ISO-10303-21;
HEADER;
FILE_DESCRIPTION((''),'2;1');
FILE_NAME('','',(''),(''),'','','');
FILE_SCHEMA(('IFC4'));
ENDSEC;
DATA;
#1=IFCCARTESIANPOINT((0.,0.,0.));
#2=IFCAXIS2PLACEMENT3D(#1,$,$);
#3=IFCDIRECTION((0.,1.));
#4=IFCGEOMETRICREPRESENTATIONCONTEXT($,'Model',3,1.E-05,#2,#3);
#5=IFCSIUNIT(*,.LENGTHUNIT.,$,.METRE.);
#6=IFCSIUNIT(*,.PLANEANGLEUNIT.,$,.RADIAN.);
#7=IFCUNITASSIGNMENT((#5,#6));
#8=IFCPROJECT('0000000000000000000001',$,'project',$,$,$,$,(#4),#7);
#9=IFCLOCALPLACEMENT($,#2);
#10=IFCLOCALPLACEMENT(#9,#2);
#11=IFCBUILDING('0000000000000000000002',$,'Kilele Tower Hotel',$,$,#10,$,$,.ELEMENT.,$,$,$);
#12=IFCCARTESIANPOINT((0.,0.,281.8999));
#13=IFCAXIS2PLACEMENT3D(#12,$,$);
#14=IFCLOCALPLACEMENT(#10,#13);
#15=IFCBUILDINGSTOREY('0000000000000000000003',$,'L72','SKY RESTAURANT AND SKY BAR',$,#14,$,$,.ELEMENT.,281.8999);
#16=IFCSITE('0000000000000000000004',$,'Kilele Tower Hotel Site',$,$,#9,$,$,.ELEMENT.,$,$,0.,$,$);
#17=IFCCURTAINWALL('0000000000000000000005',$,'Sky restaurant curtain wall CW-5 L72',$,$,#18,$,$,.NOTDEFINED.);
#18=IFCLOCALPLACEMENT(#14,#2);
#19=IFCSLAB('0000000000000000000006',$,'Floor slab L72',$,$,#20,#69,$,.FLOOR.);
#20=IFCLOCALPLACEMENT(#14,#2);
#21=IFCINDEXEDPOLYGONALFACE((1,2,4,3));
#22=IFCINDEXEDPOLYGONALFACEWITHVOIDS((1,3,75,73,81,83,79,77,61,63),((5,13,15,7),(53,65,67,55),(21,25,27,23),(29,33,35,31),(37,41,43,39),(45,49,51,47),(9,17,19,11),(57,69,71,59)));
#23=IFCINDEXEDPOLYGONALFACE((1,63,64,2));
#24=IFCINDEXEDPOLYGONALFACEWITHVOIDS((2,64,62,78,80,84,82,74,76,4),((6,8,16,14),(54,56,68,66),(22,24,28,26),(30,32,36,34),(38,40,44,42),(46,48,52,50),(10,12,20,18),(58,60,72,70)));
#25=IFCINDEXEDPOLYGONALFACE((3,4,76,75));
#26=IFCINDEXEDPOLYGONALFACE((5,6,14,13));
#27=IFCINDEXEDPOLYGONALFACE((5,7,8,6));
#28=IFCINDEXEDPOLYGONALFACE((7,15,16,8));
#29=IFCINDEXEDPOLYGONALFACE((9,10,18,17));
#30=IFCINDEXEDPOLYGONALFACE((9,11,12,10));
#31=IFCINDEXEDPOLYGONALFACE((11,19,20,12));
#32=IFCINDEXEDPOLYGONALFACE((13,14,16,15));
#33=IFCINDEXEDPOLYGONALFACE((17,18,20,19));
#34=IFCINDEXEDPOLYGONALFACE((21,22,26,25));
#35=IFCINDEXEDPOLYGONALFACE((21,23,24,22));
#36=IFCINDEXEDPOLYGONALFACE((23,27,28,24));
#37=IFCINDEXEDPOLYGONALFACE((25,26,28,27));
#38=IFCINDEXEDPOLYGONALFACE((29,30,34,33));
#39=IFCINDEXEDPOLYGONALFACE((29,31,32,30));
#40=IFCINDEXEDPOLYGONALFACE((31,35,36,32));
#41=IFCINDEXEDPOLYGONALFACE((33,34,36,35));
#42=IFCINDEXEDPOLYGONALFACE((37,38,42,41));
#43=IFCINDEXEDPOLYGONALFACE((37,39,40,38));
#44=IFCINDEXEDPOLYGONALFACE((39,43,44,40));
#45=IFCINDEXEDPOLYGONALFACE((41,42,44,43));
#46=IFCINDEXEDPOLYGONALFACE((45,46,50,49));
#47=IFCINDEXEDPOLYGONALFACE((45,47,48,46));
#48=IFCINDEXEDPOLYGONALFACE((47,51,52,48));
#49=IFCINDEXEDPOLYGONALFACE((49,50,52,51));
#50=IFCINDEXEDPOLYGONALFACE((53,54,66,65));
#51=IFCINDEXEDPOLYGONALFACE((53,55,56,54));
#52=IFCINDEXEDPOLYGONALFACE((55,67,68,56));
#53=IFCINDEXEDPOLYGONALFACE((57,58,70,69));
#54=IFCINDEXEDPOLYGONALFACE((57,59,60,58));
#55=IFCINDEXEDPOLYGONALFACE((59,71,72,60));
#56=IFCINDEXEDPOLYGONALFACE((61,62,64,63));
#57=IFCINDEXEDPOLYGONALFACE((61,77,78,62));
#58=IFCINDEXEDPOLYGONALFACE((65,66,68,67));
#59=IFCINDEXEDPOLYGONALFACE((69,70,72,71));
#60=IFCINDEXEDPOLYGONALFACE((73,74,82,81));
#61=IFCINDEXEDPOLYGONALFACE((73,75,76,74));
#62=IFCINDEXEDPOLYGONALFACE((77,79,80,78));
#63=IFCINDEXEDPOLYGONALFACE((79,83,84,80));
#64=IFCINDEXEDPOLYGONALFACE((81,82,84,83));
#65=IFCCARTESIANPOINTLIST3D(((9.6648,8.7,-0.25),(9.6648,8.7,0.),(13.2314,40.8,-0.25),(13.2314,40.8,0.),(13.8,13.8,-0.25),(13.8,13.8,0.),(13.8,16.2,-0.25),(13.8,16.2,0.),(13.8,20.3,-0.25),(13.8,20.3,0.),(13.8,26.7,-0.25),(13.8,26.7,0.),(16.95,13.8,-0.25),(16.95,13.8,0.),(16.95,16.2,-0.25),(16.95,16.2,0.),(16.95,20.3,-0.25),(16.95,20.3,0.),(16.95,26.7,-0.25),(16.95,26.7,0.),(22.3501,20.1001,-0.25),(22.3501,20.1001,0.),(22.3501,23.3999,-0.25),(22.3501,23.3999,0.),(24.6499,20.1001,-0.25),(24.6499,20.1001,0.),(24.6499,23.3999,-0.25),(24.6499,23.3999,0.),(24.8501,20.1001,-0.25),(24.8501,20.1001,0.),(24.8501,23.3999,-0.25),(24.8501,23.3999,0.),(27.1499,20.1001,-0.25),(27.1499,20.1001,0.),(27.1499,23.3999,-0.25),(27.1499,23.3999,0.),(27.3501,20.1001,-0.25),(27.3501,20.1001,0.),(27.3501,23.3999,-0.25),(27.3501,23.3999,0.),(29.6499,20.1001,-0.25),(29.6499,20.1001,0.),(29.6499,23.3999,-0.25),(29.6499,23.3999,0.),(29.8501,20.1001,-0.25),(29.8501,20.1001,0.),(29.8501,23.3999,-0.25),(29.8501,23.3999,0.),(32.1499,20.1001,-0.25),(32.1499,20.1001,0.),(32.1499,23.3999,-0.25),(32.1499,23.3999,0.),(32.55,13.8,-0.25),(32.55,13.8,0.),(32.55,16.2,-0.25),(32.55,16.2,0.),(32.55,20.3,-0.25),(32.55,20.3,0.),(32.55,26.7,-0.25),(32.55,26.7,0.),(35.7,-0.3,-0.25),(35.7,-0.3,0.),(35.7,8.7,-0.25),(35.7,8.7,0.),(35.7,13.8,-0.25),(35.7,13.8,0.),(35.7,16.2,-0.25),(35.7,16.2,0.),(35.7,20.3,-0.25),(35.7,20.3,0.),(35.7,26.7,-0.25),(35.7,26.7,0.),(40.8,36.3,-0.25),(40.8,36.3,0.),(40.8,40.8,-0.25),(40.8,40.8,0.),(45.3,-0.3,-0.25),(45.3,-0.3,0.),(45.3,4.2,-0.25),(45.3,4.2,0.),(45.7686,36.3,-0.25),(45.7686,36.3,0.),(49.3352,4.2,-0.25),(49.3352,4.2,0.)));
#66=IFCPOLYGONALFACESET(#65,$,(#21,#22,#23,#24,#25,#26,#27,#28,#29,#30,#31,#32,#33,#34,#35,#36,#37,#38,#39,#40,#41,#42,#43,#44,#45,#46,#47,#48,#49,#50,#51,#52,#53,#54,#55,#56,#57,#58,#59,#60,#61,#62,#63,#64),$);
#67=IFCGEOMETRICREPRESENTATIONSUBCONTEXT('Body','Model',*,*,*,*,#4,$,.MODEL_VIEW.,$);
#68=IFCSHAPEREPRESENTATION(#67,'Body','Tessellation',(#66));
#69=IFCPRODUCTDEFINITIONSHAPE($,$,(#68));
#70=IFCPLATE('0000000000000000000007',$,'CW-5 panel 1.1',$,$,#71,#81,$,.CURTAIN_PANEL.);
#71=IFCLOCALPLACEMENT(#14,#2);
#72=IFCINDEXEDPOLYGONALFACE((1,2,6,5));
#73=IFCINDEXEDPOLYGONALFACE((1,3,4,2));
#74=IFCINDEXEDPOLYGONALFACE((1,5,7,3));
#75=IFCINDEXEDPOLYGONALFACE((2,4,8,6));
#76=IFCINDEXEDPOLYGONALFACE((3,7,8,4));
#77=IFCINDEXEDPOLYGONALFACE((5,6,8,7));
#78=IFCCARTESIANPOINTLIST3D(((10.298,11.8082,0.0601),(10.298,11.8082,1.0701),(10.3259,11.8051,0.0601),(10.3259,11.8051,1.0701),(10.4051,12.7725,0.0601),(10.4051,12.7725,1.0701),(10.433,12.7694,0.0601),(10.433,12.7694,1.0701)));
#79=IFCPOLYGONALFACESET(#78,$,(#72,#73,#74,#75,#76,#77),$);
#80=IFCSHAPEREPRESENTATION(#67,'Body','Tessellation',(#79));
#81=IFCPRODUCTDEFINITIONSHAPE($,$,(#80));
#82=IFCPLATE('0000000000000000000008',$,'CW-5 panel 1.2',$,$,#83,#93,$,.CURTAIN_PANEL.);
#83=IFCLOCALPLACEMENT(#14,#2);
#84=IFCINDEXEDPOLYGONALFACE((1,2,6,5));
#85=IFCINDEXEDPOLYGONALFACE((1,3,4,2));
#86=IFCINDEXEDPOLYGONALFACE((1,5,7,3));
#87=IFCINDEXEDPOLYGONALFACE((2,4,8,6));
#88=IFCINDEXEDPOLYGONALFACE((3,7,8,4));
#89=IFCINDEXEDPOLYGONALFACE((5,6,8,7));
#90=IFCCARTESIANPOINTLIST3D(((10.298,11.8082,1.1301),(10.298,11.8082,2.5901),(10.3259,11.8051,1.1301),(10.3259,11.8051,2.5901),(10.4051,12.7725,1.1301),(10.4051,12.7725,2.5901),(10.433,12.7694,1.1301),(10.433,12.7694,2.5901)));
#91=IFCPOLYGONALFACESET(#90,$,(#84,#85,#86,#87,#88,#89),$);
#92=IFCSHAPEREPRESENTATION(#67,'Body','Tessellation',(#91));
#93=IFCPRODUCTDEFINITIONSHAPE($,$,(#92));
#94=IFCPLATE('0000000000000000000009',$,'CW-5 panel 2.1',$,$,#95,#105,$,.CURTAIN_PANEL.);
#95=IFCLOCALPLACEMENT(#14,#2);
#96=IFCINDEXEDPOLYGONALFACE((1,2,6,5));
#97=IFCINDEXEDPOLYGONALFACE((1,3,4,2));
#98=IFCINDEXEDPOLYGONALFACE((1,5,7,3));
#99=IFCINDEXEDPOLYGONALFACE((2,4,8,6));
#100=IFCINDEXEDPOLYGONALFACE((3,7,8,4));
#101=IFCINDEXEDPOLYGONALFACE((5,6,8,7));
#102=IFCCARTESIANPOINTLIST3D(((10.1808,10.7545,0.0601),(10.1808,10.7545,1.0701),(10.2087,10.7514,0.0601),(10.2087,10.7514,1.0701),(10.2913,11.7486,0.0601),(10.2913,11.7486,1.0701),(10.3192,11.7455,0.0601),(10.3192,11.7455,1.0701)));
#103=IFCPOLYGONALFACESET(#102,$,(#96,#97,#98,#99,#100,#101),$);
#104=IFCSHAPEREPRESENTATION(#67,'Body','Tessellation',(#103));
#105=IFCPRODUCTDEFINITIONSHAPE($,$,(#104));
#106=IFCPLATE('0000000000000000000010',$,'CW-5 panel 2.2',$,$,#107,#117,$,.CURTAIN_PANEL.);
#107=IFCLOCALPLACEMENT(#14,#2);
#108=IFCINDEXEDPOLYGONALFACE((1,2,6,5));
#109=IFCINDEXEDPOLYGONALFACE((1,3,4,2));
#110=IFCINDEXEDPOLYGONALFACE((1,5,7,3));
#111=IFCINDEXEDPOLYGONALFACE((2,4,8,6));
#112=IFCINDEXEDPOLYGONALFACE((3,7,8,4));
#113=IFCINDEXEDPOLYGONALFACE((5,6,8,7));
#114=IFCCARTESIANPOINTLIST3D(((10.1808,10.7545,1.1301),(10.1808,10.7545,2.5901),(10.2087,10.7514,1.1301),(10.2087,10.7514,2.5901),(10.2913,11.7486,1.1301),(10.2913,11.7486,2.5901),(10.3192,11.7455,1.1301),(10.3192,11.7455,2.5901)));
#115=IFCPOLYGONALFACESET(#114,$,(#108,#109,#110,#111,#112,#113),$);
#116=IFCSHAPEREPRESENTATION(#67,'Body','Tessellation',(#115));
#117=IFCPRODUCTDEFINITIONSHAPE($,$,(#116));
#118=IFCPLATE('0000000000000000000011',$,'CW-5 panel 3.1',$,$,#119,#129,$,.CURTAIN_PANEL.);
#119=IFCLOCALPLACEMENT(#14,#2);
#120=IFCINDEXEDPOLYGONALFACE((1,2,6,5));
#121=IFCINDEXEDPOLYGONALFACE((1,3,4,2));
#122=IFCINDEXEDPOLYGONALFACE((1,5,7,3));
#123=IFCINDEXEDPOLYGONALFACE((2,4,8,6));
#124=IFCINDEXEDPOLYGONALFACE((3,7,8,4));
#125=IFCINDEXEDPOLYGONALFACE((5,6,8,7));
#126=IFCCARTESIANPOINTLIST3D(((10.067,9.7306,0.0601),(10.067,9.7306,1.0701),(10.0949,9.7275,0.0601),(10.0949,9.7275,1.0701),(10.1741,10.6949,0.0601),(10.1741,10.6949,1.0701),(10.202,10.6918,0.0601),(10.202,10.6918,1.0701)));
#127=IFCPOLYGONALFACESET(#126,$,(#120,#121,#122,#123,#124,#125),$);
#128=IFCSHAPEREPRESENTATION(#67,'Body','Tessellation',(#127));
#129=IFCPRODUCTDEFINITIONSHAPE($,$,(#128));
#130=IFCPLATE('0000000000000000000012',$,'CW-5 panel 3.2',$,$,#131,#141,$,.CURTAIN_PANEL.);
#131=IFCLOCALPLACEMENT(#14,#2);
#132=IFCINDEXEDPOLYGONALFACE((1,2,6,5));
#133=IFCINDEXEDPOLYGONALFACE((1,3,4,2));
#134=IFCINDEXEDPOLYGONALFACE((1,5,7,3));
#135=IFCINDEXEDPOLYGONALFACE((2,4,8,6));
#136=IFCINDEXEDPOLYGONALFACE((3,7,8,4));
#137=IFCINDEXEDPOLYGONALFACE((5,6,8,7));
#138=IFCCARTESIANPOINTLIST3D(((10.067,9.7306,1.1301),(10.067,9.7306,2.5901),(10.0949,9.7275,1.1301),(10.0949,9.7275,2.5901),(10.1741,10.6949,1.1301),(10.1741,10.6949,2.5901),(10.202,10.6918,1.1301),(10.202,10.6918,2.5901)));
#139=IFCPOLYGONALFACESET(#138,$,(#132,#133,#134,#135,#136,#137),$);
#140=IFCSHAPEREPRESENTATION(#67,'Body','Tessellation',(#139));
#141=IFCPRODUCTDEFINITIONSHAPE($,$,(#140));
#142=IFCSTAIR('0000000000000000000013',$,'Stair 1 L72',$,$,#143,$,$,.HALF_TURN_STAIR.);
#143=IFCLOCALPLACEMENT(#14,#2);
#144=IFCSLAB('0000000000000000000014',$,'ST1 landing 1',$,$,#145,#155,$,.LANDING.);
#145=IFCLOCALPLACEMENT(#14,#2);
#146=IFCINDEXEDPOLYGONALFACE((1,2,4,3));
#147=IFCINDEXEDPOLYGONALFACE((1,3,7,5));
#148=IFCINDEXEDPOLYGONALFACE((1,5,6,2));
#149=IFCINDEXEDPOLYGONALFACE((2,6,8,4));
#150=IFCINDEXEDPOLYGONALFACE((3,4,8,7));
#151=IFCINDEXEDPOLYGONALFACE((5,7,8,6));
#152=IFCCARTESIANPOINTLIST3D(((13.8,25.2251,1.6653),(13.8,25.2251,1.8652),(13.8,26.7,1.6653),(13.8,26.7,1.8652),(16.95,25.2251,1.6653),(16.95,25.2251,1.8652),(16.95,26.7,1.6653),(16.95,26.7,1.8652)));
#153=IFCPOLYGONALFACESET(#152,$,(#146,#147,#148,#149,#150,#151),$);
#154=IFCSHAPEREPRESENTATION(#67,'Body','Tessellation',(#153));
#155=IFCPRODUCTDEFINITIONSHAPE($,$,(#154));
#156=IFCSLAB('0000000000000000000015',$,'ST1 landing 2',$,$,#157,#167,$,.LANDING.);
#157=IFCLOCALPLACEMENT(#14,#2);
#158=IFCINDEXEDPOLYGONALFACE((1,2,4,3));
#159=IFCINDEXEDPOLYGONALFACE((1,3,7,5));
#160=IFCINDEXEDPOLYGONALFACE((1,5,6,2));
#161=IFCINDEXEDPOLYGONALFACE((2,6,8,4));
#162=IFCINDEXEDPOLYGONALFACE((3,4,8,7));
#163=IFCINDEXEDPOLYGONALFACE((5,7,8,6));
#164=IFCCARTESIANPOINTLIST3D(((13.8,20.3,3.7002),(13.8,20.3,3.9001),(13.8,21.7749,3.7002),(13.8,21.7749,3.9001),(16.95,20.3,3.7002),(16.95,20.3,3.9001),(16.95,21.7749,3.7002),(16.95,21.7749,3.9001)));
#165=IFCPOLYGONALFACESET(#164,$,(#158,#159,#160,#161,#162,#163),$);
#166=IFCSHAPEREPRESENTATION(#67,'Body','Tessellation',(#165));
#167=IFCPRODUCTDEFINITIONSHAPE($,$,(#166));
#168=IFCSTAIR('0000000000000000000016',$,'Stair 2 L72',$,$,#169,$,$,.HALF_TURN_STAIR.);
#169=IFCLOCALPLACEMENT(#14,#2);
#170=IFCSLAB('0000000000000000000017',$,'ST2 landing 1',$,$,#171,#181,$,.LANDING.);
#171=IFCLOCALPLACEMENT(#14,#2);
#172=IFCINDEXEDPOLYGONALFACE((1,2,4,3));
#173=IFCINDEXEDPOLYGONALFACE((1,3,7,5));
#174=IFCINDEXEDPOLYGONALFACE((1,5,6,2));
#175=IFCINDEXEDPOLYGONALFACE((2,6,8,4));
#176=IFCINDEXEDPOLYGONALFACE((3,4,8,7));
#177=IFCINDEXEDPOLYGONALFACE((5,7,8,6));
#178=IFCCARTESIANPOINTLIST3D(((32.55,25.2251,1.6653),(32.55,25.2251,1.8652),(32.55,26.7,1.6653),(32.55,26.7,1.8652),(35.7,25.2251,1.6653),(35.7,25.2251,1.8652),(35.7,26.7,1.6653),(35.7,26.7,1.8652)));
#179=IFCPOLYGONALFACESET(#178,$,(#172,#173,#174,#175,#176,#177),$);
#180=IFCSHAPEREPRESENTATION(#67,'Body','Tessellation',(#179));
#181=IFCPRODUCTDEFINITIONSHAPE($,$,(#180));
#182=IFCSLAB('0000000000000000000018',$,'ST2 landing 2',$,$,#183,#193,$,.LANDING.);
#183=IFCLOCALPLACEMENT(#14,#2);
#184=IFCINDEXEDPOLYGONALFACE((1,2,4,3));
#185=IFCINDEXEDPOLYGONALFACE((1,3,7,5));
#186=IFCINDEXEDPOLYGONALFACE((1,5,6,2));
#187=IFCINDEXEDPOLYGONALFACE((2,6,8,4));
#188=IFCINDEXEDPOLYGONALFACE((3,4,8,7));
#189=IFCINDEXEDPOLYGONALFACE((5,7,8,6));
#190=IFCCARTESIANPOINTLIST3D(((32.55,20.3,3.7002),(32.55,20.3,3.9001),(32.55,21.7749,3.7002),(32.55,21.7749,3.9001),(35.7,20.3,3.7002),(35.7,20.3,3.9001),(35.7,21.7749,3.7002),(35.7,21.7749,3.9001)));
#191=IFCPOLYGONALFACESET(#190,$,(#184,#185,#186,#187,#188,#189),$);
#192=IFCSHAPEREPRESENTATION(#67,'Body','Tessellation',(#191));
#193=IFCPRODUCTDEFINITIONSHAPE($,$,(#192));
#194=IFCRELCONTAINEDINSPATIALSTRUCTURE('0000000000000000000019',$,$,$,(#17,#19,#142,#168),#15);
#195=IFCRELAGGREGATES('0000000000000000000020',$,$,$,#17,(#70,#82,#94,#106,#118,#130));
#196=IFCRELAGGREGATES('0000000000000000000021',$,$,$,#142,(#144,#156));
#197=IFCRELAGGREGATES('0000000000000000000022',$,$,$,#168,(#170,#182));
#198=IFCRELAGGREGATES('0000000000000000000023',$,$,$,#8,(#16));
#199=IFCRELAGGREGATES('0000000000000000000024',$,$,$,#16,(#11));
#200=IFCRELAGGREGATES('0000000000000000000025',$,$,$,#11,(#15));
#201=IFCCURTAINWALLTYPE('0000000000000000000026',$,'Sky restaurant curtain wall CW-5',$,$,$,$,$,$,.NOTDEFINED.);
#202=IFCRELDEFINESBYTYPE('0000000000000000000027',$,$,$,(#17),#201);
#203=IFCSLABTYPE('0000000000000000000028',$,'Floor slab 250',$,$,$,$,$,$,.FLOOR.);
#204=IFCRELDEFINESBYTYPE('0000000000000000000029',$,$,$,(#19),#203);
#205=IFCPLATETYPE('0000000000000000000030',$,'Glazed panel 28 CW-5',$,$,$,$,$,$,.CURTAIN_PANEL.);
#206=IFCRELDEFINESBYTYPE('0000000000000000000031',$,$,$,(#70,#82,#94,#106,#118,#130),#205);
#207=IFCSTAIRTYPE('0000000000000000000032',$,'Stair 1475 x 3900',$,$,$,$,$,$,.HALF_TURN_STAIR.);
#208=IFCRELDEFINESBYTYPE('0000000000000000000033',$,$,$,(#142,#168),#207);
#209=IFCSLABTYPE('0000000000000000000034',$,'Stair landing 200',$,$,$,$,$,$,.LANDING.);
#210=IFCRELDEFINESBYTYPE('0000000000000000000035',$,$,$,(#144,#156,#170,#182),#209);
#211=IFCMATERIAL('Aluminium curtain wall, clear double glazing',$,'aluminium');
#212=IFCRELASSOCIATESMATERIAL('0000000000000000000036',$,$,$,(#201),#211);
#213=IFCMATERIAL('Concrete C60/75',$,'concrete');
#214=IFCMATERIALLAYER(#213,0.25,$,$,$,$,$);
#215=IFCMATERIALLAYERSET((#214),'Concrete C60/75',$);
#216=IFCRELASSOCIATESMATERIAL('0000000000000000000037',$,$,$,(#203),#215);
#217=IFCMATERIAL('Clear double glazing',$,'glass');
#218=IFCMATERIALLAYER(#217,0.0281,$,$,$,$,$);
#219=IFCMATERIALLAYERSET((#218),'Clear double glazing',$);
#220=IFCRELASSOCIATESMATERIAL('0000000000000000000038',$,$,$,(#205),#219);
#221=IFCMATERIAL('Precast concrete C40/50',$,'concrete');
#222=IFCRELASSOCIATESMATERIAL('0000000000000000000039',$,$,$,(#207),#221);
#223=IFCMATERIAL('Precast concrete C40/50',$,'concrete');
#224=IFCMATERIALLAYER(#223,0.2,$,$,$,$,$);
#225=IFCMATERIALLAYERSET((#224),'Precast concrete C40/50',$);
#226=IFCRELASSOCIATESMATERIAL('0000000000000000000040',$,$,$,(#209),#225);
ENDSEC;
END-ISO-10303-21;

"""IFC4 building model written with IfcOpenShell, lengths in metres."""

from ifc_helpers import new_model, si_unit, direction, frame, origin, origin_2d, place, context, subcontext, project, spatial, polyline, rectangle, outline, extrude, material, layer, layer_set, type_object, element, aggregate, save


model = new_model("IFC4")

# Units and contexts
model_context = context("Model", 3, precision=1e-05, world=origin(), true_north=direction((0.0, 1.0)))
body_context = subcontext(model_context, "Body", "Model", "MODEL_VIEW")
ifc_project = project(units=[si_unit("LENGTHUNIT", "METRE"), si_unit("PLANEANGLEUNIT", "RADIAN")], contexts=[model_context])

# Site, building, storey
site_placement = place(None, origin())
site = spatial("IfcSite", under=ifc_project, at=site_placement, Name="Kilele Tower Hotel Site", CompositionType="ELEMENT", RefElevation=0.0)
building_placement = place(site_placement, origin())
building = spatial("IfcBuilding", under=site, at=building_placement, Name="Kilele Tower Hotel", CompositionType="ELEMENT")
storey_placement = place(building_placement, frame((0.0, 0.0, 281.8999)))
storey = spatial("IfcBuildingStorey", under=building, at=storey_placement, Name="L72", Description="SKY RESTAURANT AND SKY BAR", CompositionType="ELEMENT", Elevation=281.8999)

# Curtain wall
ifc_material_1 = material(Name="Aluminium curtain wall, clear double glazing", Category="aluminium")
curtain_wall_type = type_object("IfcCurtainWallType", Name="Sky restaurant curtain wall CW-5", PredefinedType="NOTDEFINED", material=ifc_material_1)
curtain_wall_placement = place(storey_placement, origin())
curtain_wall = element("IfcCurtainWall", 1, at=curtain_wall_placement, inside=storey, type_object=curtain_wall_type, Name="Sky restaurant curtain wall CW-5 L72", PredefinedType="NOTDEFINED")

# Slab
ifc_material_2 = material(Name="Concrete C60/75", Category="concrete")
ifc_layer_1 = layer(ifc_material_2, 0.25)
ifc_layer_set_1 = layer_set([ifc_layer_1], Name="Concrete C60/75")
slab_type_1 = type_object("IfcSlabType", Name="Floor slab 250", PredefinedType="FLOOR", material=ifc_layer_set_1)
slab_1_placement = place(storey_placement, frame((0.0, 0.0, -0.25)))
element("IfcSlab", 2, at=slab_1_placement, inside=storey, type_object=slab_type_1, Name="Floor slab L72", PredefinedType="FLOOR", context=body_context, shape_type="SweptSolid", body=[
    extrude(outline(polyline([(40.8, 40.8), (40.8, 36.3), (45.7686, 36.3), (49.3352, 4.2), (45.3, 4.2), (45.3, -0.3), (35.7, -0.3), (35.7, 8.7), (9.6648, 8.7), (13.2314, 40.8), (40.8, 40.8)]), holes=[polyline([(16.95, 16.2), (13.8, 16.2), (13.8, 13.8), (16.95, 13.8), (16.95, 16.2)]), polyline([(35.7, 16.2), (32.55, 16.2), (32.55, 13.8), (35.7, 13.8), (35.7, 16.2)]), polyline([(24.6499, 23.3999), (22.3501, 23.3999), (22.3501, 20.1001), (24.6499, 20.1001), (24.6499, 23.3999)]), polyline([(27.1499, 23.3999), (24.8501, 23.3999), (24.8501, 20.1001), (27.1499, 20.1001), (27.1499, 23.3999)]), polyline([(29.6499, 23.3999), (27.3501, 23.3999), (27.3501, 20.1001), (29.6499, 20.1001), (29.6499, 23.3999)]), polyline([(32.1499, 23.3999), (29.8501, 23.3999), (29.8501, 20.1001), (32.1499, 20.1001), (32.1499, 23.3999)]), polyline([(16.95, 26.7), (13.8, 26.7), (13.8, 20.3), (16.95, 20.3), (16.95, 26.7)]), polyline([(35.7, 26.7), (32.55, 26.7), (32.55, 20.3), (35.7, 20.3), (35.7, 26.7)])]), origin(), (0.0, 0.0, 1.0), 0.25),
])

# Plates
ifc_material_3 = material(Name="Clear double glazing", Category="glass")
ifc_layer_2 = layer(ifc_material_3, 0.0281)
ifc_layer_set_2 = layer_set([ifc_layer_2], Name="Clear double glazing")
plate_type = type_object("IfcPlateType", Name="Glazed panel 28 CW-5", PredefinedType="CURTAIN_PANEL", material=ifc_layer_set_2)
plate_1_placement = place(storey_placement, frame((10.3655, 12.2888, 0.0601), z_axis=(0.0, 0.0, 1.0), x_axis=(-0.110432, -0.993884, 0.0)))
plate_1 = element("IfcPlate", 3, at=plate_1_placement, type_object=plate_type, Name="CW-5 panel 1.1", PredefinedType="CURTAIN_PANEL", context=body_context, shape_type="SweptSolid", body=[
    extrude(rectangle(XDim=0.9702, YDim=0.0281, at=origin_2d()), origin(), (0.0, 0.0, 1.0), 1.01),
])
plate_2_placement = place(storey_placement, frame((10.3655, 12.2888, 1.1301), z_axis=(0.0, 0.0, 1.0), x_axis=(-0.110432, -0.993884, 0.0)))
plate_2 = element("IfcPlate", 4, at=plate_2_placement, type_object=plate_type, Name="CW-5 panel 1.2", PredefinedType="CURTAIN_PANEL", context=body_context, shape_type="SweptSolid", body=[
    extrude(rectangle(XDim=0.9702, YDim=0.0281, at=origin_2d()), origin(), (0.0, 0.0, 1.0), 1.46),
])
plate_3_placement = place(storey_placement, frame((10.25, 11.25, 0.0601), z_axis=(0.0, 0.0, 1.0), x_axis=(-0.110432, -0.993884, 0.0)))
plate_3 = element("IfcPlate", 5, at=plate_3_placement, type_object=plate_type, Name="CW-5 panel 2.1", PredefinedType="CURTAIN_PANEL", context=body_context, shape_type="SweptSolid", body=[
    extrude(rectangle(XDim=1.0002, YDim=0.0281, at=origin_2d()), origin(), (0.0, 0.0, 1.0), 1.01),
])
plate_4_placement = place(storey_placement, frame((10.25, 11.25, 1.1301), z_axis=(0.0, 0.0, 1.0), x_axis=(-0.110432, -0.993884, 0.0)))
plate_4 = element("IfcPlate", 6, at=plate_4_placement, type_object=plate_type, Name="CW-5 panel 2.2", PredefinedType="CURTAIN_PANEL", context=body_context, shape_type="SweptSolid", body=[
    extrude(rectangle(XDim=1.0002, YDim=0.0281, at=origin_2d()), origin(), (0.0, 0.0, 1.0), 1.46),
])
plate_5_placement = place(storey_placement, frame((10.1345, 10.2112, 0.0601), z_axis=(0.0, 0.0, 1.0), x_axis=(-0.110432, -0.993884, 0.0)))
plate_5 = element("IfcPlate", 7, at=plate_5_placement, type_object=plate_type, Name="CW-5 panel 3.1", PredefinedType="CURTAIN_PANEL", context=body_context, shape_type="SweptSolid", body=[
    extrude(rectangle(XDim=0.9702, YDim=0.0281, at=origin_2d()), origin(), (0.0, 0.0, 1.0), 1.01),
])
plate_6_placement = place(storey_placement, frame((10.1345, 10.2112, 1.1301), z_axis=(0.0, 0.0, 1.0), x_axis=(-0.110432, -0.993884, 0.0)))
plate_6 = element("IfcPlate", 8, at=plate_6_placement, type_object=plate_type, Name="CW-5 panel 3.2", PredefinedType="CURTAIN_PANEL", context=body_context, shape_type="SweptSolid", body=[
    extrude(rectangle(XDim=0.9702, YDim=0.0281, at=origin_2d()), origin(), (0.0, 0.0, 1.0), 1.46),
])
aggregate(curtain_wall, [plate_1, plate_2, plate_3, plate_4, plate_5, plate_6])

# Stairs, slabs
ifc_material_4 = material(Name="Precast concrete C40/50", Category="concrete")
stair_type = type_object("IfcStairType", Name="Stair 1475 x 3900", PredefinedType="HALF_TURN_STAIR", material=ifc_material_4)
stair_1_placement = place(storey_placement, origin())
stair_1 = element("IfcStair", 9, at=stair_1_placement, inside=storey, type_object=stair_type, Name="Stair 1 L72", PredefinedType="HALF_TURN_STAIR")
ifc_material_5 = material(Name="Precast concrete C40/50", Category="concrete")
ifc_layer_3 = layer(ifc_material_5, 0.2)
ifc_layer_set_3 = layer_set([ifc_layer_3], Name="Precast concrete C40/50")
slab_type_2 = type_object("IfcSlabType", Name="Stair landing 200", PredefinedType="LANDING", material=ifc_layer_set_3)
slab_2_placement = place(storey_placement, frame((0.0, 0.0, 1.6653)))
slab_2 = element("IfcSlab", 10, at=slab_2_placement, type_object=slab_type_2, Name="ST1 landing 1", PredefinedType="LANDING", context=body_context, shape_type="SweptSolid", body=[
    extrude(outline(polyline([(13.8, 25.2251), (16.95, 25.2251), (16.95, 26.7), (13.8, 26.7), (13.8, 25.2251)])), origin(), (0.0, 0.0, 1.0), 0.2),
])
slab_3_placement = place(storey_placement, frame((0.0, 0.0, 3.7002)))
slab_3 = element("IfcSlab", 11, at=slab_3_placement, type_object=slab_type_2, Name="ST1 landing 2", PredefinedType="LANDING", context=body_context, shape_type="SweptSolid", body=[
    extrude(outline(polyline([(13.8, 20.3), (16.95, 20.3), (16.95, 21.7749), (13.8, 21.7749), (13.8, 20.3)])), origin(), (0.0, 0.0, 1.0), 0.2),
])
aggregate(stair_1, [slab_2, slab_3])
stair_2_placement = place(storey_placement, origin())
stair_2 = element("IfcStair", 12, at=stair_2_placement, inside=storey, type_object=stair_type, Name="Stair 2 L72", PredefinedType="HALF_TURN_STAIR")
slab_4_placement = place(storey_placement, frame((0.0, 0.0, 1.6653)))
slab_4 = element("IfcSlab", 13, at=slab_4_placement, type_object=slab_type_2, Name="ST2 landing 1", PredefinedType="LANDING", context=body_context, shape_type="SweptSolid", body=[
    extrude(outline(polyline([(32.55, 25.2251), (35.7, 25.2251), (35.7, 26.7), (32.55, 26.7), (32.55, 25.2251)])), origin(), (0.0, 0.0, 1.0), 0.2),
])
slab_5_placement = place(storey_placement, frame((0.0, 0.0, 3.7002)))
slab_5 = element("IfcSlab", 14, at=slab_5_placement, type_object=slab_type_2, Name="ST2 landing 2", PredefinedType="LANDING", context=body_context, shape_type="SweptSolid", body=[
    extrude(outline(polyline([(32.55, 20.3), (35.7, 20.3), (35.7, 21.7749), (32.55, 21.7749), (32.55, 20.3)])), origin(), (0.0, 0.0, 1.0), 0.2),
])
aggregate(stair_2, [slab_4, slab_5])

save(model, "model.ifc")
